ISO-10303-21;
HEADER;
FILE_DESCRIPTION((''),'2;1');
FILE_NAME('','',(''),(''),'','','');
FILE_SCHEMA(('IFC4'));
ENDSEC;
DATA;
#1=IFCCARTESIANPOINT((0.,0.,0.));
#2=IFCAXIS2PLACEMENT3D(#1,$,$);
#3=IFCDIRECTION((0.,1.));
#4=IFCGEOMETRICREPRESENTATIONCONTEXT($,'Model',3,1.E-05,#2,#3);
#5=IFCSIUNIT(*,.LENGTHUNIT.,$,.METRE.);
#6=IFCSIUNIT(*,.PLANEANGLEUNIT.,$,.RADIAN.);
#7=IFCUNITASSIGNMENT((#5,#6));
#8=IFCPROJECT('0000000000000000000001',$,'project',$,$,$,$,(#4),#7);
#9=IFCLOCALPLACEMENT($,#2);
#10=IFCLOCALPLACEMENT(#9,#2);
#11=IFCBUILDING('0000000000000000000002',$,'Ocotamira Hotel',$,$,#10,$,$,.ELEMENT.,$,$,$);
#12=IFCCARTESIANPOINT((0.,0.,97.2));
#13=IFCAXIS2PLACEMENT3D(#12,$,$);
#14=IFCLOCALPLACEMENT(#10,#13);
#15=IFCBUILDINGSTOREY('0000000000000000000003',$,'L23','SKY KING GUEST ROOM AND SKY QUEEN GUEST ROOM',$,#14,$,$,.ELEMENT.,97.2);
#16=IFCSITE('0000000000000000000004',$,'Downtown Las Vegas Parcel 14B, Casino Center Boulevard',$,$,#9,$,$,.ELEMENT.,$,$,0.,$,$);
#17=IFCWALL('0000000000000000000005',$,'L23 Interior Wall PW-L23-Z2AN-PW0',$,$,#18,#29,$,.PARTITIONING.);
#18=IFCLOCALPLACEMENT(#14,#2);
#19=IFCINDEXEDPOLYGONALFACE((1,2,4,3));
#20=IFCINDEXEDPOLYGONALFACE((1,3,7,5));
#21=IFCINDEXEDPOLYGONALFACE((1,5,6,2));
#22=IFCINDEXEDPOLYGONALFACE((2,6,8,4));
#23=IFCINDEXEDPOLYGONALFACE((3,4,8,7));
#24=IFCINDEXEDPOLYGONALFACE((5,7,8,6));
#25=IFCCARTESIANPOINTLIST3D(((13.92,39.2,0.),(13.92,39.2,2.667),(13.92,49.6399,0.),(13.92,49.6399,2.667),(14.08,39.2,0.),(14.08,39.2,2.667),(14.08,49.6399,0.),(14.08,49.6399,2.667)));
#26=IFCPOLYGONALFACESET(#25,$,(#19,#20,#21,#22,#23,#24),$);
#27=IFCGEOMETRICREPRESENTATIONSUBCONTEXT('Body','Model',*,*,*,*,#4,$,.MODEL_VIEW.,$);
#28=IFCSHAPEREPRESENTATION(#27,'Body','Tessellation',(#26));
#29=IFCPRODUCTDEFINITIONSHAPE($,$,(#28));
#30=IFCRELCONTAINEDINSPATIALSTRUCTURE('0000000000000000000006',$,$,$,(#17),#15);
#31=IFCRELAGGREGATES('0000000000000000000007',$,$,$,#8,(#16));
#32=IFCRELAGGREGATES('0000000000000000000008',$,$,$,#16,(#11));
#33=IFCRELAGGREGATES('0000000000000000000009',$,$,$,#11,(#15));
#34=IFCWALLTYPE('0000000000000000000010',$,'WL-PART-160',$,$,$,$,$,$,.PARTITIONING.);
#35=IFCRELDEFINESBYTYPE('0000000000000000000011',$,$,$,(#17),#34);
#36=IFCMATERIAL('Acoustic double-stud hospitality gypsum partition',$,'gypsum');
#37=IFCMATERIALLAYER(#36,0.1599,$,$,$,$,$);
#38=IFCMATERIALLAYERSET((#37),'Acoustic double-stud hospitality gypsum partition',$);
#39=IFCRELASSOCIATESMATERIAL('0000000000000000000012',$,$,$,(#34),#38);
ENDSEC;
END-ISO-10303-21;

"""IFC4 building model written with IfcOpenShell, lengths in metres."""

from ifc_helpers import new_model, si_unit, direction, frame, frame_2d, origin, place, context, subcontext, project, spatial, rectangle, extrude, material, layer, layer_set, type_object, element, save


model = new_model("IFC4")

# Units and contexts
model_context = context("Model", 3, precision=1e-05, world=origin(), true_north=direction((0.0, 1.0)))
body_context = subcontext(model_context, "Body", "Model", "MODEL_VIEW")
ifc_project = project(units=[si_unit("LENGTHUNIT", "METRE"), si_unit("PLANEANGLEUNIT", "RADIAN")], contexts=[model_context])

# Site, building, storey
site_placement = place(None, origin())
site = spatial("IfcSite", under=ifc_project, at=site_placement, Name="Downtown Las Vegas Parcel 14B, Casino Center Boulevard", CompositionType="ELEMENT", RefElevation=0.0)
building_placement = place(site_placement, origin())
building = spatial("IfcBuilding", under=site, at=building_placement, Name="Ocotamira Hotel", CompositionType="ELEMENT")
storey_placement = place(building_placement, frame((0.0, 0.0, 97.2)))
storey = spatial("IfcBuildingStorey", under=building, at=storey_placement, Name="L23", Description="SKY KING GUEST ROOM AND SKY QUEEN GUEST ROOM", CompositionType="ELEMENT", Elevation=97.2)

# Wall
ifc_material_1 = material(Name="Acoustic double-stud hospitality gypsum partition", Category="gypsum")
ifc_layer_1 = layer(ifc_material_1, 0.1599)
ifc_layer_set_1 = layer_set([ifc_layer_1], Name="Acoustic double-stud hospitality gypsum partition")
wall_type_1 = type_object("IfcWallType", Name="WL-PART-160", PredefinedType="PARTITIONING", material=ifc_layer_set_1)
wall_1_placement = place(storey_placement, frame((14.0, 39.2, 0.0), z_axis=(0.0, 0.0, 1.0), x_axis=(0.0, 1.0, 0.0)))
element("IfcWall", 1, at=wall_1_placement, inside=storey, type_object=wall_type_1, Name="L23 Interior Wall PW-L23-Z2AN-PW0", PredefinedType="PARTITIONING", context=body_context, shape_type="SweptSolid", body=[
    extrude(rectangle(XDim=10.4399, YDim=0.1599, at=frame_2d((5.22, 0.0))), origin(), (0.0, 0.0, 1.0), 2.667),
])

save(model, "model.ifc")
